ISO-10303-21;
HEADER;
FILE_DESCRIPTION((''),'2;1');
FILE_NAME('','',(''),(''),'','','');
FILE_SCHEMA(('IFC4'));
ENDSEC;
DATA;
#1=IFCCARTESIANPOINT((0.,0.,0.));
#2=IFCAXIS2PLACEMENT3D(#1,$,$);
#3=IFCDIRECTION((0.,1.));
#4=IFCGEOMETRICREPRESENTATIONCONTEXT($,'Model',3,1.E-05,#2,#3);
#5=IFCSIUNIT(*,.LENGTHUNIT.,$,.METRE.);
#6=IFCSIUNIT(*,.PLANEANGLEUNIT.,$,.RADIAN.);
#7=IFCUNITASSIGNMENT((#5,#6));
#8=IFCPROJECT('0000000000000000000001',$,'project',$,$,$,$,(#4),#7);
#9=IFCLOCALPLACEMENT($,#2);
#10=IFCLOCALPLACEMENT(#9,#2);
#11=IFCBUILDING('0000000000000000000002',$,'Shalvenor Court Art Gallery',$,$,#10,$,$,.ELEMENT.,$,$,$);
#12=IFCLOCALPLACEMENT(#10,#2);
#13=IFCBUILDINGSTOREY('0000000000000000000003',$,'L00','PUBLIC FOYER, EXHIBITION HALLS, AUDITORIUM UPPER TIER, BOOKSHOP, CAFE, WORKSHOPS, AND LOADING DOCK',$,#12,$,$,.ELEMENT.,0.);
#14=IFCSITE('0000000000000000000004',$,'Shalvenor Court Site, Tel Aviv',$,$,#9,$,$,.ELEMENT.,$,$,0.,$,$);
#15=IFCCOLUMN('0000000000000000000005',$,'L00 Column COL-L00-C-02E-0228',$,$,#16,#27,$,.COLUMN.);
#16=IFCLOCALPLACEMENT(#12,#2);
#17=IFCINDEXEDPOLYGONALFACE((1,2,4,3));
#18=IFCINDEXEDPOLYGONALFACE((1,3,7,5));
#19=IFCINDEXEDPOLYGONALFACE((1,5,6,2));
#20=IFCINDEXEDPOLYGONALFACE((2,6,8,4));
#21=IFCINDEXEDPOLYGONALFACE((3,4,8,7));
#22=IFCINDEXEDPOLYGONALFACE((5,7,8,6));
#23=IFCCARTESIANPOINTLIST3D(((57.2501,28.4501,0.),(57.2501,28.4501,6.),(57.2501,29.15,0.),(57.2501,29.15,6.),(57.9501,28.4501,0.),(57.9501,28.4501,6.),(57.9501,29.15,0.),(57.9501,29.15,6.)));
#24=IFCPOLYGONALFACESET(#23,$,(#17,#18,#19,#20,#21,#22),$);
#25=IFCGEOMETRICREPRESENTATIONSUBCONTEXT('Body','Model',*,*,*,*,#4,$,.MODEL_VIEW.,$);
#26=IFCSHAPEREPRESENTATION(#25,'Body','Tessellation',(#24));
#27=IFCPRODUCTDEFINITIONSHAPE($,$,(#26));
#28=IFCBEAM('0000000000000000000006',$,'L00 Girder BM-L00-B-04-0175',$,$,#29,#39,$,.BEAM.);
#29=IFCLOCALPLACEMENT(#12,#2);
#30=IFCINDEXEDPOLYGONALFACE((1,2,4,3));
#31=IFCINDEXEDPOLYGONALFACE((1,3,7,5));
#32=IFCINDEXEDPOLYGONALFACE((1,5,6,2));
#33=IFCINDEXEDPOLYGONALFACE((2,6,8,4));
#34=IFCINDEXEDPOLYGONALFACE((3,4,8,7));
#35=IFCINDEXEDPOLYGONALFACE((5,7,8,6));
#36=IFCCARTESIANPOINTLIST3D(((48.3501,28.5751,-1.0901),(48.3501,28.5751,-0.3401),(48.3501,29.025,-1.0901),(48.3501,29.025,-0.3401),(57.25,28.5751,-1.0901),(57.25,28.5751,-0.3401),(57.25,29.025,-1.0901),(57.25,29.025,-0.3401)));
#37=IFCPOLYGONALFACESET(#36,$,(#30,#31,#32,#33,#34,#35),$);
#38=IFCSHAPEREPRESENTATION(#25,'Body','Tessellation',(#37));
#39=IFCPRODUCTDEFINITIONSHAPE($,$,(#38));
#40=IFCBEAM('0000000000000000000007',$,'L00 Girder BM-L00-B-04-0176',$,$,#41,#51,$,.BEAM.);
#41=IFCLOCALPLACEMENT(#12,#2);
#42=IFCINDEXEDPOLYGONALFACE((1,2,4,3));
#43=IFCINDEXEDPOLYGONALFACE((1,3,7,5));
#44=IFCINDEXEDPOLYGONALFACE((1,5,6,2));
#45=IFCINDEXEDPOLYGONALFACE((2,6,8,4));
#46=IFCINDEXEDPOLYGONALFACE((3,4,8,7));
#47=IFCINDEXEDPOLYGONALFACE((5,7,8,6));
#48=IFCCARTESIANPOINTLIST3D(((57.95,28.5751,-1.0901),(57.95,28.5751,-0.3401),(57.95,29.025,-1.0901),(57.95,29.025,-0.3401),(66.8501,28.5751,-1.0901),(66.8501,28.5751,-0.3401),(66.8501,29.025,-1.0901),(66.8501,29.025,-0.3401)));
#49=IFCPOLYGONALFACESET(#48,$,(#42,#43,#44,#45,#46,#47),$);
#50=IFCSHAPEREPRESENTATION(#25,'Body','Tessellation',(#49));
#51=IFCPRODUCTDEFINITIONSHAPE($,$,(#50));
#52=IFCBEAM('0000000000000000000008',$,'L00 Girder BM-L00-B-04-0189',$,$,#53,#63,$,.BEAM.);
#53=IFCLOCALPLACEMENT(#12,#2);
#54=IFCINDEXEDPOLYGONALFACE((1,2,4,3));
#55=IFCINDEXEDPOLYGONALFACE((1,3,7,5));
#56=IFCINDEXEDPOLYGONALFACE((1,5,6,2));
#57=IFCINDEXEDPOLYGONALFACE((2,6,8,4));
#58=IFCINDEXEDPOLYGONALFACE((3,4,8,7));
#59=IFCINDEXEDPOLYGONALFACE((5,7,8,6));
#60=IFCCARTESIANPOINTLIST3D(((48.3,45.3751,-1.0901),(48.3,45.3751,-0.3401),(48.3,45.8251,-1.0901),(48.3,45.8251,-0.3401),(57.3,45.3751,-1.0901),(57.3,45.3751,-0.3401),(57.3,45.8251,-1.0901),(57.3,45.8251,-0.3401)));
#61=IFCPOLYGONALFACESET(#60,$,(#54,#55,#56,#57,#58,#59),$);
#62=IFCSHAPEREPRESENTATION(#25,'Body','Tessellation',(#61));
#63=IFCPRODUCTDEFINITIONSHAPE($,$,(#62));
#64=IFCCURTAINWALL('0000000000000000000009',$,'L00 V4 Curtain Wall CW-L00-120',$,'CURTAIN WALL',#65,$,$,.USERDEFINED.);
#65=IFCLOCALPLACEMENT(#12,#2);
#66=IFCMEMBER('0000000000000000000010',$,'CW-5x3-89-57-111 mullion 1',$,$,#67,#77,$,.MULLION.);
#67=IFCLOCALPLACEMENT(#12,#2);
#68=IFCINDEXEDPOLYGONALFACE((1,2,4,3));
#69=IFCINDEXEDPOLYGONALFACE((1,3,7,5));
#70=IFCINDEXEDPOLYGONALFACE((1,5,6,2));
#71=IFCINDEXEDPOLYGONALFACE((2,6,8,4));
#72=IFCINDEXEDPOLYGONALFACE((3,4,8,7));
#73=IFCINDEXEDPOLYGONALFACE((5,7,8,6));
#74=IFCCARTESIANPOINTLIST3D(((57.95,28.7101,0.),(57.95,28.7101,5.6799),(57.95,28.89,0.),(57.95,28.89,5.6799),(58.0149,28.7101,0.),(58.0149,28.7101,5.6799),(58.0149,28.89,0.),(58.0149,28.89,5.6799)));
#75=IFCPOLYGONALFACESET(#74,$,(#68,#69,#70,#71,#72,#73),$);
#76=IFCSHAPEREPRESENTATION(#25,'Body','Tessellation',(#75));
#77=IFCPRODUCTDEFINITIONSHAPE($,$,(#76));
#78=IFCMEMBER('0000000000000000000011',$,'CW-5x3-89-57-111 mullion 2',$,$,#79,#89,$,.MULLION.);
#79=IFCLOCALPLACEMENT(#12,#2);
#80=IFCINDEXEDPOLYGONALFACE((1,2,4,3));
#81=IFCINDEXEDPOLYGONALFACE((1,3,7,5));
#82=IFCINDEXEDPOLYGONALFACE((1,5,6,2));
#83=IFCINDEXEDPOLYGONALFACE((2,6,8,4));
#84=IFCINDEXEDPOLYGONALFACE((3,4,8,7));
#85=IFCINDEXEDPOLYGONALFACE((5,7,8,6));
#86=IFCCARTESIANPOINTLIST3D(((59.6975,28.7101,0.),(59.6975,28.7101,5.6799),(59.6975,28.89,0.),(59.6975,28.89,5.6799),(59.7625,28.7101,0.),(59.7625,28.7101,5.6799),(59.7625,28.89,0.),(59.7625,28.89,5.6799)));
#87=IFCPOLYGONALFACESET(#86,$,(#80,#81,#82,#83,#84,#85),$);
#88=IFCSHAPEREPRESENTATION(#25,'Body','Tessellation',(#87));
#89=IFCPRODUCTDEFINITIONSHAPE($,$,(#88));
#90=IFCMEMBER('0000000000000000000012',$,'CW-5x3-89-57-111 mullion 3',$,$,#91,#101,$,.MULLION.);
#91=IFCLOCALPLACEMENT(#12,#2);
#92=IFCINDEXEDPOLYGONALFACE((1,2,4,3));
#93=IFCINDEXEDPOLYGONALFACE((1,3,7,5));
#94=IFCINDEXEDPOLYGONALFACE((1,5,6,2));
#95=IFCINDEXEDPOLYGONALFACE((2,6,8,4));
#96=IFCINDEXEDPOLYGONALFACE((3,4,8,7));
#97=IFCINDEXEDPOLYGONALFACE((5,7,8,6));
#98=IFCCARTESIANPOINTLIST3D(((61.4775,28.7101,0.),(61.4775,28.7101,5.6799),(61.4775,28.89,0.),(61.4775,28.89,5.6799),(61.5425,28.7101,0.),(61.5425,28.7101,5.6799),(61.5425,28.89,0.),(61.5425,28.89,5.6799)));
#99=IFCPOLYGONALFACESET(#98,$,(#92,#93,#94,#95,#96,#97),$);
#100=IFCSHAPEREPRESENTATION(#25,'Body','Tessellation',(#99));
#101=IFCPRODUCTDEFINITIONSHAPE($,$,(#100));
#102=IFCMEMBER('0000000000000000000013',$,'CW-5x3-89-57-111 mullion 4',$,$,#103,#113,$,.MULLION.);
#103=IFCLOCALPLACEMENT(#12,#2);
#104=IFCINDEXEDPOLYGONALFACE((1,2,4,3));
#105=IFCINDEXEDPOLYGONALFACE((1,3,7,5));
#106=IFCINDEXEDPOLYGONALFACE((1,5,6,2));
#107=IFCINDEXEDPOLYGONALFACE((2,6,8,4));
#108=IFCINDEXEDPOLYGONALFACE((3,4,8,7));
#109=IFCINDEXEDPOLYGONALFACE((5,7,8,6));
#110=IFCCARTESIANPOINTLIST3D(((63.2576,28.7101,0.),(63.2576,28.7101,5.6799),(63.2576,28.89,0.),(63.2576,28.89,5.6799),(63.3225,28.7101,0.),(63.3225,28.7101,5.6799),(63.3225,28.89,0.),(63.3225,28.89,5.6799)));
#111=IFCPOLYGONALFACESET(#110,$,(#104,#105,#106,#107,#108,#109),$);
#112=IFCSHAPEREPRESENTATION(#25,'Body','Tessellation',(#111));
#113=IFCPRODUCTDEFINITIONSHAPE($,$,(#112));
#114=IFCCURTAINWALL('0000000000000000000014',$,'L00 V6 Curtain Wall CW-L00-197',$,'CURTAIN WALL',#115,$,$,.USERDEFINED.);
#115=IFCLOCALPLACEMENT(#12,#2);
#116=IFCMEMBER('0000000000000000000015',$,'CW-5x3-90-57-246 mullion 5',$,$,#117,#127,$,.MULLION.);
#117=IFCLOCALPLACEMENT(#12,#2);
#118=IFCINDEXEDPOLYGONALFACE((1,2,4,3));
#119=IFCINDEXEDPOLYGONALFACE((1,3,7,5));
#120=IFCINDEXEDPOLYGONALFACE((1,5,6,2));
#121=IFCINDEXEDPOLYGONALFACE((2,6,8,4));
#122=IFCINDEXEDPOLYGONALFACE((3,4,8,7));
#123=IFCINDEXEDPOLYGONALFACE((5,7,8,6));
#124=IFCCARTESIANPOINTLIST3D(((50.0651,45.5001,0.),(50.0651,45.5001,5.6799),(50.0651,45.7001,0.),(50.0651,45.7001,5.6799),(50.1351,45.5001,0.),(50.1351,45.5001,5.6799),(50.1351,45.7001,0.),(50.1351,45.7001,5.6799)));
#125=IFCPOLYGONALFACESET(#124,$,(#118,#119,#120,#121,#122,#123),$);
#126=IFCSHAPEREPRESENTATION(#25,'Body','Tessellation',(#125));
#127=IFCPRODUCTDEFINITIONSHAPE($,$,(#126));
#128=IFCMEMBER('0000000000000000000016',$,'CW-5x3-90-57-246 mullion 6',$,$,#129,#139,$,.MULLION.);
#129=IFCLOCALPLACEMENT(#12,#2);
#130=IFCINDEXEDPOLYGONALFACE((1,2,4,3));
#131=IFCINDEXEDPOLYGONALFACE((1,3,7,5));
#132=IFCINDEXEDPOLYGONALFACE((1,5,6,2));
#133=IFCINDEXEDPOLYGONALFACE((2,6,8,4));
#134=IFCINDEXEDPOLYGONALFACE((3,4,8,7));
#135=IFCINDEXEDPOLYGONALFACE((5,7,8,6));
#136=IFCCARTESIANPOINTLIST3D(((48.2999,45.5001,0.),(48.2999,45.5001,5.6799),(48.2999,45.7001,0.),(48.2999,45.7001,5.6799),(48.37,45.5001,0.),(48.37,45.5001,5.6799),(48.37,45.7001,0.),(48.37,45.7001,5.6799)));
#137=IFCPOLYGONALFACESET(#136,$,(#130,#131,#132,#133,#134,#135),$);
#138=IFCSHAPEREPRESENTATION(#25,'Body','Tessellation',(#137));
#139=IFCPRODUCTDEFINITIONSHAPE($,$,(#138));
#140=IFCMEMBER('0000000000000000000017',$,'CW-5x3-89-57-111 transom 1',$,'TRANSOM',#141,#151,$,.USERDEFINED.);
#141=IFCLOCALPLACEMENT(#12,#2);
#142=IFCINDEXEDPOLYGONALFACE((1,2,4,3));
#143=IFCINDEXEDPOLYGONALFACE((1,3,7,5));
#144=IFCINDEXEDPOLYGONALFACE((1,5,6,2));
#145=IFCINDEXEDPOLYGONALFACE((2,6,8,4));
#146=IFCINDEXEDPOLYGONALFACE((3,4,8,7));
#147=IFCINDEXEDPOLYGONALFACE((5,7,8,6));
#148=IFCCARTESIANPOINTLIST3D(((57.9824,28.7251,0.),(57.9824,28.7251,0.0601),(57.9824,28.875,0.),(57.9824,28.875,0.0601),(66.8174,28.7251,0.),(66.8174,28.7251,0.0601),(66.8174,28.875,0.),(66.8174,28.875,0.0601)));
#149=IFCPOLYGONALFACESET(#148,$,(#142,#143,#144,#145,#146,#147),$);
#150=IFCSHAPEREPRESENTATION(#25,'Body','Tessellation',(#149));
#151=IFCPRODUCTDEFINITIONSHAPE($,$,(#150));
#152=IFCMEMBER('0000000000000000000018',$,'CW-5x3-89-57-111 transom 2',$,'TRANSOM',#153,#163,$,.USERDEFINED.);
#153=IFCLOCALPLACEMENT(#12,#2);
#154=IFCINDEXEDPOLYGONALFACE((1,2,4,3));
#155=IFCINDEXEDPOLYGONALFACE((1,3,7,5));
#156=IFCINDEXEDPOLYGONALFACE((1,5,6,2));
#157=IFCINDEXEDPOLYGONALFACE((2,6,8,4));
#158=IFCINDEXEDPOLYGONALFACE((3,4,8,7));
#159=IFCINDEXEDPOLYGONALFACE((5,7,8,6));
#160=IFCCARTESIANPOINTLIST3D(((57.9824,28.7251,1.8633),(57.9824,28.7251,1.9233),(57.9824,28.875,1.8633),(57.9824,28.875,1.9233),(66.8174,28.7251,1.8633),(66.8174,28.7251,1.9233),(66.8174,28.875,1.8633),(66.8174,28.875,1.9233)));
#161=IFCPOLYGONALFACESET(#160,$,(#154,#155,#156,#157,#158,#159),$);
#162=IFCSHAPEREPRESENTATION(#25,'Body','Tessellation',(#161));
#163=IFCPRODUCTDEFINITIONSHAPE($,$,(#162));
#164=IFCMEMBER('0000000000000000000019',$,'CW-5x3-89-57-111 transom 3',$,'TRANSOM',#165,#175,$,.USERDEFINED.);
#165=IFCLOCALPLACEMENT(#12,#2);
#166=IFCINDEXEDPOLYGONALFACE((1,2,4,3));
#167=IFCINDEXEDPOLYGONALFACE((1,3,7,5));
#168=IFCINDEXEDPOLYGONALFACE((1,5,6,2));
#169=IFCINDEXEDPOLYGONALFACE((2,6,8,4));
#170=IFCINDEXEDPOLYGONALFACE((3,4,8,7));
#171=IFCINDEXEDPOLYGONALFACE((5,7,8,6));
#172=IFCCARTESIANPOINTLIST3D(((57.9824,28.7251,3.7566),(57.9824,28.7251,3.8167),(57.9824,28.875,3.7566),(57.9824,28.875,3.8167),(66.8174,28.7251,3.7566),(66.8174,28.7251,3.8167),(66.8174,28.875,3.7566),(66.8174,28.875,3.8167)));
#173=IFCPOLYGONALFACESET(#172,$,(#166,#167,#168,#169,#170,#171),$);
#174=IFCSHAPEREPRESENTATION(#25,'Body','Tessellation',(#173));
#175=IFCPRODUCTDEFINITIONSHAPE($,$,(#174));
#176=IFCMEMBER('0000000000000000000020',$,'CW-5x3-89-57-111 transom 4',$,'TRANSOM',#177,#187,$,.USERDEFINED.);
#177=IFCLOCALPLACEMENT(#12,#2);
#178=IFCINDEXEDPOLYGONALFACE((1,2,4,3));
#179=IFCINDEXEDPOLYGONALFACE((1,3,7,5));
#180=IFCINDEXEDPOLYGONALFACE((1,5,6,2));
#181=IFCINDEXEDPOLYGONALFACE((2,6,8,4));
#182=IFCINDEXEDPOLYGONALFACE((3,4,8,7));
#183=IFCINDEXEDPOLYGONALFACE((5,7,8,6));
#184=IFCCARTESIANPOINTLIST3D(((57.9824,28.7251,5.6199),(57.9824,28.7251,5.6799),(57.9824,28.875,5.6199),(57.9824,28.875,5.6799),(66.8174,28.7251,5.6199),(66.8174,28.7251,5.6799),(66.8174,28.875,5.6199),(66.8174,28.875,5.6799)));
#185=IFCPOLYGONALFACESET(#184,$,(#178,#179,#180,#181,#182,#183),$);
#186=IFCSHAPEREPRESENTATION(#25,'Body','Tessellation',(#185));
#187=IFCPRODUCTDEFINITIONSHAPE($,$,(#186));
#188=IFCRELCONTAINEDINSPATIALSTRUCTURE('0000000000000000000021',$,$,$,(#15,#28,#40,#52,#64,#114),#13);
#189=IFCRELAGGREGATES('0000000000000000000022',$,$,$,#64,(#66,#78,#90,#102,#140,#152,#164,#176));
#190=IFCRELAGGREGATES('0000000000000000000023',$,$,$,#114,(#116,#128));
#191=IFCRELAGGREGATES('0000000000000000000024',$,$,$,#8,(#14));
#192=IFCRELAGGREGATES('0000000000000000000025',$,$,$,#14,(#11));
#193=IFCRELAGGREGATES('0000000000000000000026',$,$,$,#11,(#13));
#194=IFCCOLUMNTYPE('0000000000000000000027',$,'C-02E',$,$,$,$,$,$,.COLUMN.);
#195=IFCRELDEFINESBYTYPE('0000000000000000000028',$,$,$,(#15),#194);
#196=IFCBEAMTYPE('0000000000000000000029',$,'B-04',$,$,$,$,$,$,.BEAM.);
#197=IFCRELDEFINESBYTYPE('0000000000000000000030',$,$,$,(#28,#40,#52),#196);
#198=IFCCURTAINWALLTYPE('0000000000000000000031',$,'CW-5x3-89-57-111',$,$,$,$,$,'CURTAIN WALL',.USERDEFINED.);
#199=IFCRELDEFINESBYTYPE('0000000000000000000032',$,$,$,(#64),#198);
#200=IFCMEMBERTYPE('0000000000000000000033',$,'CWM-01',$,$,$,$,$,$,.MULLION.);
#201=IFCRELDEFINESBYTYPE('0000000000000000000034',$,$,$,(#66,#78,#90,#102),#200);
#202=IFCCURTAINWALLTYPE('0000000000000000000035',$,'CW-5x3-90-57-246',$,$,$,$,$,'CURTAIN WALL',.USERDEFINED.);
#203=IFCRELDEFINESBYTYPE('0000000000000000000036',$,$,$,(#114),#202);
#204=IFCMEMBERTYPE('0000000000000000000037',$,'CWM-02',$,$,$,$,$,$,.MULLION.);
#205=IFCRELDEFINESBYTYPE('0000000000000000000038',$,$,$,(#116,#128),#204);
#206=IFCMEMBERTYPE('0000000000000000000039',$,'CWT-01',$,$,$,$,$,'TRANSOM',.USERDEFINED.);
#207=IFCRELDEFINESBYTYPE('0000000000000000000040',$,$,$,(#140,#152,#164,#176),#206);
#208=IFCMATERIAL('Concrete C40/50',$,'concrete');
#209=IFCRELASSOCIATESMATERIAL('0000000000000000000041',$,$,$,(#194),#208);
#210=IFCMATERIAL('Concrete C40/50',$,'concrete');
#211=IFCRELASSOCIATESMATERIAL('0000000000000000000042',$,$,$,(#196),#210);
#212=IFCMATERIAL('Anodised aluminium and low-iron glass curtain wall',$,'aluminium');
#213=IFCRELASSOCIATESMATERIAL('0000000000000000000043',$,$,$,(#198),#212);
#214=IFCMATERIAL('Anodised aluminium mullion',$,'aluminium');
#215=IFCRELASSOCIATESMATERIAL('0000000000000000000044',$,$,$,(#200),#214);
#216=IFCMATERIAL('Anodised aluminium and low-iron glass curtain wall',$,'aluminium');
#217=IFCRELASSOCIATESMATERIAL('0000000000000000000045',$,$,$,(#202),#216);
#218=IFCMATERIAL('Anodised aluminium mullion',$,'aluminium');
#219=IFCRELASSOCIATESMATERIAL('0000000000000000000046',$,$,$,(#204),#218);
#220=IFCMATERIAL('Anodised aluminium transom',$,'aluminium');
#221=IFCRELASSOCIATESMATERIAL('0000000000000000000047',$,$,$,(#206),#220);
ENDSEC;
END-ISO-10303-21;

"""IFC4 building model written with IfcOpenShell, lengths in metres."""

from ifc_helpers import new_model, si_unit, direction, frame, origin, origin_2d, place, context, subcontext, project, spatial, rectangle, extrude, material, material_profile, profile_set, type_object, element, aggregate, save


model = new_model("IFC4")

# Units and contexts
model_context = context("Model", 3, precision=1e-05, world=origin(), true_north=direction((0.0, 1.0)))
body_context = subcontext(model_context, "Body", "Model", "MODEL_VIEW")
ifc_project = project(units=[si_unit("LENGTHUNIT", "METRE"), si_unit("PLANEANGLEUNIT", "RADIAN")], contexts=[model_context])

# Site, building, storey
site_placement = place(None, origin())
site = spatial("IfcSite", under=ifc_project, at=site_placement, Name="Shalvenor Court Site, Tel Aviv", CompositionType="ELEMENT", RefElevation=0.0)
building_placement = place(site_placement, origin())
building = spatial("IfcBuilding", under=site, at=building_placement, Name="Shalvenor Court Art Gallery", CompositionType="ELEMENT")
storey_placement = place(building_placement, origin())
storey = spatial("IfcBuildingStorey", under=building, at=storey_placement, Name="L00", Description="PUBLIC FOYER, EXHIBITION HALLS, AUDITORIUM UPPER TIER, BOOKSHOP, CAFE, WORKSHOPS, AND LOADING DOCK", CompositionType="ELEMENT", Elevation=0.0)

# Column
ifc_material_1 = material(Name="Concrete C40/50", Category="concrete")
ifc_material_profile_1 = material_profile(ifc_material_1, rectangle(XDim=0.7, YDim=0.7, at=origin_2d()), Name="RC 700x700")
ifc_profile_set_1 = profile_set([ifc_material_profile_1], Name="Concrete C40/50")
column_type = type_object("IfcColumnType", Name="C-02E", PredefinedType="COLUMN", material=ifc_profile_set_1)
column_placement = place(storey_placement, frame((57.6001, 28.8, 0.0), z_axis=(0.0, 0.0, 1.0), x_axis=(1.0, 0.0, 0.0)))
element("IfcColumn", 1, at=column_placement, inside=storey, type_object=column_type, Name="L00 Column COL-L00-C-02E-0228", PredefinedType="COLUMN", context=body_context, shape_type="SweptSolid", body=[
    extrude(rectangle(XDim=0.7, YDim=0.7, at=origin_2d()), origin(), (0.0, 0.0, 1.0), 6.0),
])

# Beams
ifc_material_2 = material(Name="Concrete C40/50", Category="concrete")
ifc_material_profile_2 = material_profile(ifc_material_2, rectangle(XDim=0.45, YDim=0.75, at=origin_2d()), Name="RC 450x750")
ifc_profile_set_2 = profile_set([ifc_material_profile_2], Name="Concrete C40/50")
beam_type = type_object("IfcBeamType", Name="B-04", PredefinedType="BEAM", material=ifc_profile_set_2)
beam_1_placement = place(storey_placement, frame((48.3501, 28.8, -0.7151), z_axis=(1.0, 0.0, 0.0), x_axis=(0.0, 1.0, 0.0)))
element("IfcBeam", 2, at=beam_1_placement, inside=storey, type_object=beam_type, Name="L00 Girder BM-L00-B-04-0175", PredefinedType="BEAM", context=body_context, shape_type="SweptSolid", body=[
    extrude(rectangle(XDim=0.45, YDim=0.75, at=origin_2d()), origin(), (0.0, 0.0, 1.0), 8.8999),
])
beam_2_placement = place(storey_placement, frame((57.95, 28.8, -0.7151), z_axis=(1.0, 0.0, 0.0), x_axis=(0.0, 1.0, 0.0)))
element("IfcBeam", 3, at=beam_2_placement, inside=storey, type_object=beam_type, Name="L00 Girder BM-L00-B-04-0176", PredefinedType="BEAM", context=body_context, shape_type="SweptSolid", body=[
    extrude(rectangle(XDim=0.45, YDim=0.75, at=origin_2d()), origin(), (0.0, 0.0, 1.0), 8.9001),
])
beam_3_placement = place(storey_placement, frame((48.3, 45.6001, -0.7151), z_axis=(1.0, 0.0, 0.0), x_axis=(0.0, 1.0, 0.0)))
element("IfcBeam", 4, at=beam_3_placement, inside=storey, type_object=beam_type, Name="L00 Girder BM-L00-B-04-0189", PredefinedType="BEAM", context=body_context, shape_type="SweptSolid", body=[
    extrude(rectangle(XDim=0.45, YDim=0.75, at=origin_2d()), origin(), (0.0, 0.0, 1.0), 9.0),
])

# Curtain walls, members
ifc_material_3 = material(Name="Anodised aluminium and low-iron glass curtain wall", Category="aluminium")
curtain_wall_type_1 = type_object("IfcCurtainWallType", Name="CW-5x3-89-57-111", ElementType="CURTAIN WALL", PredefinedType="USERDEFINED", material=ifc_material_3)
curtain_wall_1_placement = place(storey_placement, origin())
curtain_wall_1 = element("IfcCurtainWall", 5, at=curtain_wall_1_placement, inside=storey, type_object=curtain_wall_type_1, Name="L00 V4 Curtain Wall CW-L00-120", ObjectType="CURTAIN WALL", PredefinedType="USERDEFINED")
ifc_material_4 = material(Name="Anodised aluminium mullion", Category="aluminium")
ifc_material_profile_3 = material_profile(ifc_material_4, rectangle(XDim=0.0649, YDim=0.1799, at=origin_2d()), Name="CWM-01")
ifc_profile_set_3 = profile_set([ifc_material_profile_3], Name="Anodised aluminium mullion")
member_type_1 = type_object("IfcMemberType", Name="CWM-01", PredefinedType="MULLION", material=ifc_profile_set_3)
member_1_placement = place(storey_placement, frame((57.9824, 28.8, 0.0), z_axis=(0.0, 0.0, 1.0), x_axis=(1.0, 0.0, 0.0)))
member_1 = element("IfcMember", 6, at=member_1_placement, type_object=member_type_1, Name="CW-5x3-89-57-111 mullion 1", PredefinedType="MULLION", context=body_context, shape_type="SweptSolid", body=[
    extrude(rectangle(XDim=0.0649, YDim=0.1799, at=origin_2d()), origin(), (0.0, 0.0, 1.0), 5.6799),
])
member_2_placement = place(storey_placement, frame((59.73, 28.8, 0.0), z_axis=(0.0, 0.0, 1.0), x_axis=(1.0, 0.0, 0.0)))
member_2 = element("IfcMember", 7, at=member_2_placement, type_object=member_type_1, Name="CW-5x3-89-57-111 mullion 2", PredefinedType="MULLION", context=body_context, shape_type="SweptSolid", body=[
    extrude(rectangle(XDim=0.0649, YDim=0.1799, at=origin_2d()), origin(), (0.0, 0.0, 1.0), 5.6799),
])
member_3_placement = place(storey_placement, frame((61.51, 28.8, 0.0), z_axis=(0.0, 0.0, 1.0), x_axis=(1.0, 0.0, 0.0)))
member_3 = element("IfcMember", 8, at=member_3_placement, type_object=member_type_1, Name="CW-5x3-89-57-111 mullion 3", PredefinedType="MULLION", context=body_context, shape_type="SweptSolid", body=[
    extrude(rectangle(XDim=0.0649, YDim=0.1799, at=origin_2d()), origin(), (0.0, 0.0, 1.0), 5.6799),
])
member_4_placement = place(storey_placement, frame((63.29, 28.8, 0.0), z_axis=(0.0, 0.0, 1.0), x_axis=(1.0, 0.0, 0.0)))
member_4 = element("IfcMember", 9, at=member_4_placement, type_object=member_type_1, Name="CW-5x3-89-57-111 mullion 4", PredefinedType="MULLION", context=body_context, shape_type="SweptSolid", body=[
    extrude(rectangle(XDim=0.0649, YDim=0.1799, at=origin_2d()), origin(), (0.0, 0.0, 1.0), 5.6799),
])
ifc_material_5 = material(Name="Anodised aluminium and low-iron glass curtain wall", Category="aluminium")
curtain_wall_type_2 = type_object("IfcCurtainWallType", Name="CW-5x3-90-57-246", ElementType="CURTAIN WALL", PredefinedType="USERDEFINED", material=ifc_material_5)
curtain_wall_2_placement = place(storey_placement, origin())
curtain_wall_2 = element("IfcCurtainWall", 10, at=curtain_wall_2_placement, inside=storey, type_object=curtain_wall_type_2, Name="L00 V6 Curtain Wall CW-L00-197", ObjectType="CURTAIN WALL", PredefinedType="USERDEFINED")
ifc_material_6 = material(Name="Anodised aluminium mullion", Category="aluminium")
ifc_material_profile_4 = material_profile(ifc_material_6, rectangle(XDim=0.0701, YDim=0.2, at=origin_2d()), Name="CWM-02")
ifc_profile_set_4 = profile_set([ifc_material_profile_4], Name="Anodised aluminium mullion")
member_type_2 = type_object("IfcMemberType", Name="CWM-02", PredefinedType="MULLION", material=ifc_profile_set_4)
member_5_placement = place(storey_placement, frame((50.1001, 45.6001, 0.0), z_axis=(0.0, 0.0, 1.0), x_axis=(-1.0, 0.0, 0.0)))
member_5 = element("IfcMember", 11, at=member_5_placement, type_object=member_type_2, Name="CW-5x3-90-57-246 mullion 5", PredefinedType="MULLION", context=body_context, shape_type="SweptSolid", body=[
    extrude(rectangle(XDim=0.0701, YDim=0.2, at=origin_2d()), origin(), (0.0, 0.0, 1.0), 5.6799),
])
member_6_placement = place(storey_placement, frame((48.335, 45.6001, 0.0), z_axis=(0.0, 0.0, 1.0), x_axis=(-1.0, 0.0, 0.0)))
member_6 = element("IfcMember", 12, at=member_6_placement, type_object=member_type_2, Name="CW-5x3-90-57-246 mullion 6", PredefinedType="MULLION", context=body_context, shape_type="SweptSolid", body=[
    extrude(rectangle(XDim=0.0701, YDim=0.2, at=origin_2d()), origin(), (0.0, 0.0, 1.0), 5.6799),
])

# Members
ifc_material_7 = material(Name="Anodised aluminium transom", Category="aluminium")
ifc_material_profile_5 = material_profile(ifc_material_7, rectangle(XDim=0.1499, YDim=0.0601, at=origin_2d()), Name="CWT-01")
ifc_profile_set_5 = profile_set([ifc_material_profile_5], Name="Anodised aluminium transom")
member_type_3 = type_object("IfcMemberType", Name="CWT-01", ElementType="TRANSOM", PredefinedType="USERDEFINED", material=ifc_profile_set_5)
member_7_placement = place(storey_placement, frame((57.9824, 28.8, 0.03), z_axis=(1.0, 0.0, 0.0), x_axis=(0.0, 1.0, 0.0)))
member_7 = element("IfcMember", 13, at=member_7_placement, type_object=member_type_3, Name="CW-5x3-89-57-111 transom 1", ObjectType="TRANSOM", PredefinedType="USERDEFINED", context=body_context, shape_type="SweptSolid", body=[
    extrude(rectangle(XDim=0.1499, YDim=0.0601, at=origin_2d()), origin(), (0.0, 0.0, 1.0), 8.835),
])
member_8_placement = place(storey_placement, frame((57.9824, 28.8, 1.8933), z_axis=(1.0, 0.0, 0.0), x_axis=(0.0, 1.0, 0.0)))
member_8 = element("IfcMember", 14, at=member_8_placement, type_object=member_type_3, Name="CW-5x3-89-57-111 transom 2", ObjectType="TRANSOM", PredefinedType="USERDEFINED", context=body_context, shape_type="SweptSolid", body=[
    extrude(rectangle(XDim=0.1499, YDim=0.0601, at=origin_2d()), origin(), (0.0, 0.0, 1.0), 8.835),
])
member_9_placement = place(storey_placement, frame((57.9824, 28.8, 3.7866), z_axis=(1.0, 0.0, 0.0), x_axis=(0.0, 1.0, 0.0)))
member_9 = element("IfcMember", 15, at=member_9_placement, type_object=member_type_3, Name="CW-5x3-89-57-111 transom 3", ObjectType="TRANSOM", PredefinedType="USERDEFINED", context=body_context, shape_type="SweptSolid", body=[
    extrude(rectangle(XDim=0.1499, YDim=0.0601, at=origin_2d()), origin(), (0.0, 0.0, 1.0), 8.835),
])
member_10_placement = place(storey_placement, frame((57.9824, 28.8, 5.6499), z_axis=(1.0, 0.0, 0.0), x_axis=(0.0, 1.0, 0.0)))
member_10 = element("IfcMember", 16, at=member_10_placement, type_object=member_type_3, Name="CW-5x3-89-57-111 transom 4", ObjectType="TRANSOM", PredefinedType="USERDEFINED", context=body_context, shape_type="SweptSolid", body=[
    extrude(rectangle(XDim=0.1499, YDim=0.0601, at=origin_2d()), origin(), (0.0, 0.0, 1.0), 8.835),
])

aggregate(curtain_wall_1, [member_1, member_2, member_3, member_4, member_7, member_8, member_9, member_10])
aggregate(curtain_wall_2, [member_5, member_6])

save(model, "model.ifc")
